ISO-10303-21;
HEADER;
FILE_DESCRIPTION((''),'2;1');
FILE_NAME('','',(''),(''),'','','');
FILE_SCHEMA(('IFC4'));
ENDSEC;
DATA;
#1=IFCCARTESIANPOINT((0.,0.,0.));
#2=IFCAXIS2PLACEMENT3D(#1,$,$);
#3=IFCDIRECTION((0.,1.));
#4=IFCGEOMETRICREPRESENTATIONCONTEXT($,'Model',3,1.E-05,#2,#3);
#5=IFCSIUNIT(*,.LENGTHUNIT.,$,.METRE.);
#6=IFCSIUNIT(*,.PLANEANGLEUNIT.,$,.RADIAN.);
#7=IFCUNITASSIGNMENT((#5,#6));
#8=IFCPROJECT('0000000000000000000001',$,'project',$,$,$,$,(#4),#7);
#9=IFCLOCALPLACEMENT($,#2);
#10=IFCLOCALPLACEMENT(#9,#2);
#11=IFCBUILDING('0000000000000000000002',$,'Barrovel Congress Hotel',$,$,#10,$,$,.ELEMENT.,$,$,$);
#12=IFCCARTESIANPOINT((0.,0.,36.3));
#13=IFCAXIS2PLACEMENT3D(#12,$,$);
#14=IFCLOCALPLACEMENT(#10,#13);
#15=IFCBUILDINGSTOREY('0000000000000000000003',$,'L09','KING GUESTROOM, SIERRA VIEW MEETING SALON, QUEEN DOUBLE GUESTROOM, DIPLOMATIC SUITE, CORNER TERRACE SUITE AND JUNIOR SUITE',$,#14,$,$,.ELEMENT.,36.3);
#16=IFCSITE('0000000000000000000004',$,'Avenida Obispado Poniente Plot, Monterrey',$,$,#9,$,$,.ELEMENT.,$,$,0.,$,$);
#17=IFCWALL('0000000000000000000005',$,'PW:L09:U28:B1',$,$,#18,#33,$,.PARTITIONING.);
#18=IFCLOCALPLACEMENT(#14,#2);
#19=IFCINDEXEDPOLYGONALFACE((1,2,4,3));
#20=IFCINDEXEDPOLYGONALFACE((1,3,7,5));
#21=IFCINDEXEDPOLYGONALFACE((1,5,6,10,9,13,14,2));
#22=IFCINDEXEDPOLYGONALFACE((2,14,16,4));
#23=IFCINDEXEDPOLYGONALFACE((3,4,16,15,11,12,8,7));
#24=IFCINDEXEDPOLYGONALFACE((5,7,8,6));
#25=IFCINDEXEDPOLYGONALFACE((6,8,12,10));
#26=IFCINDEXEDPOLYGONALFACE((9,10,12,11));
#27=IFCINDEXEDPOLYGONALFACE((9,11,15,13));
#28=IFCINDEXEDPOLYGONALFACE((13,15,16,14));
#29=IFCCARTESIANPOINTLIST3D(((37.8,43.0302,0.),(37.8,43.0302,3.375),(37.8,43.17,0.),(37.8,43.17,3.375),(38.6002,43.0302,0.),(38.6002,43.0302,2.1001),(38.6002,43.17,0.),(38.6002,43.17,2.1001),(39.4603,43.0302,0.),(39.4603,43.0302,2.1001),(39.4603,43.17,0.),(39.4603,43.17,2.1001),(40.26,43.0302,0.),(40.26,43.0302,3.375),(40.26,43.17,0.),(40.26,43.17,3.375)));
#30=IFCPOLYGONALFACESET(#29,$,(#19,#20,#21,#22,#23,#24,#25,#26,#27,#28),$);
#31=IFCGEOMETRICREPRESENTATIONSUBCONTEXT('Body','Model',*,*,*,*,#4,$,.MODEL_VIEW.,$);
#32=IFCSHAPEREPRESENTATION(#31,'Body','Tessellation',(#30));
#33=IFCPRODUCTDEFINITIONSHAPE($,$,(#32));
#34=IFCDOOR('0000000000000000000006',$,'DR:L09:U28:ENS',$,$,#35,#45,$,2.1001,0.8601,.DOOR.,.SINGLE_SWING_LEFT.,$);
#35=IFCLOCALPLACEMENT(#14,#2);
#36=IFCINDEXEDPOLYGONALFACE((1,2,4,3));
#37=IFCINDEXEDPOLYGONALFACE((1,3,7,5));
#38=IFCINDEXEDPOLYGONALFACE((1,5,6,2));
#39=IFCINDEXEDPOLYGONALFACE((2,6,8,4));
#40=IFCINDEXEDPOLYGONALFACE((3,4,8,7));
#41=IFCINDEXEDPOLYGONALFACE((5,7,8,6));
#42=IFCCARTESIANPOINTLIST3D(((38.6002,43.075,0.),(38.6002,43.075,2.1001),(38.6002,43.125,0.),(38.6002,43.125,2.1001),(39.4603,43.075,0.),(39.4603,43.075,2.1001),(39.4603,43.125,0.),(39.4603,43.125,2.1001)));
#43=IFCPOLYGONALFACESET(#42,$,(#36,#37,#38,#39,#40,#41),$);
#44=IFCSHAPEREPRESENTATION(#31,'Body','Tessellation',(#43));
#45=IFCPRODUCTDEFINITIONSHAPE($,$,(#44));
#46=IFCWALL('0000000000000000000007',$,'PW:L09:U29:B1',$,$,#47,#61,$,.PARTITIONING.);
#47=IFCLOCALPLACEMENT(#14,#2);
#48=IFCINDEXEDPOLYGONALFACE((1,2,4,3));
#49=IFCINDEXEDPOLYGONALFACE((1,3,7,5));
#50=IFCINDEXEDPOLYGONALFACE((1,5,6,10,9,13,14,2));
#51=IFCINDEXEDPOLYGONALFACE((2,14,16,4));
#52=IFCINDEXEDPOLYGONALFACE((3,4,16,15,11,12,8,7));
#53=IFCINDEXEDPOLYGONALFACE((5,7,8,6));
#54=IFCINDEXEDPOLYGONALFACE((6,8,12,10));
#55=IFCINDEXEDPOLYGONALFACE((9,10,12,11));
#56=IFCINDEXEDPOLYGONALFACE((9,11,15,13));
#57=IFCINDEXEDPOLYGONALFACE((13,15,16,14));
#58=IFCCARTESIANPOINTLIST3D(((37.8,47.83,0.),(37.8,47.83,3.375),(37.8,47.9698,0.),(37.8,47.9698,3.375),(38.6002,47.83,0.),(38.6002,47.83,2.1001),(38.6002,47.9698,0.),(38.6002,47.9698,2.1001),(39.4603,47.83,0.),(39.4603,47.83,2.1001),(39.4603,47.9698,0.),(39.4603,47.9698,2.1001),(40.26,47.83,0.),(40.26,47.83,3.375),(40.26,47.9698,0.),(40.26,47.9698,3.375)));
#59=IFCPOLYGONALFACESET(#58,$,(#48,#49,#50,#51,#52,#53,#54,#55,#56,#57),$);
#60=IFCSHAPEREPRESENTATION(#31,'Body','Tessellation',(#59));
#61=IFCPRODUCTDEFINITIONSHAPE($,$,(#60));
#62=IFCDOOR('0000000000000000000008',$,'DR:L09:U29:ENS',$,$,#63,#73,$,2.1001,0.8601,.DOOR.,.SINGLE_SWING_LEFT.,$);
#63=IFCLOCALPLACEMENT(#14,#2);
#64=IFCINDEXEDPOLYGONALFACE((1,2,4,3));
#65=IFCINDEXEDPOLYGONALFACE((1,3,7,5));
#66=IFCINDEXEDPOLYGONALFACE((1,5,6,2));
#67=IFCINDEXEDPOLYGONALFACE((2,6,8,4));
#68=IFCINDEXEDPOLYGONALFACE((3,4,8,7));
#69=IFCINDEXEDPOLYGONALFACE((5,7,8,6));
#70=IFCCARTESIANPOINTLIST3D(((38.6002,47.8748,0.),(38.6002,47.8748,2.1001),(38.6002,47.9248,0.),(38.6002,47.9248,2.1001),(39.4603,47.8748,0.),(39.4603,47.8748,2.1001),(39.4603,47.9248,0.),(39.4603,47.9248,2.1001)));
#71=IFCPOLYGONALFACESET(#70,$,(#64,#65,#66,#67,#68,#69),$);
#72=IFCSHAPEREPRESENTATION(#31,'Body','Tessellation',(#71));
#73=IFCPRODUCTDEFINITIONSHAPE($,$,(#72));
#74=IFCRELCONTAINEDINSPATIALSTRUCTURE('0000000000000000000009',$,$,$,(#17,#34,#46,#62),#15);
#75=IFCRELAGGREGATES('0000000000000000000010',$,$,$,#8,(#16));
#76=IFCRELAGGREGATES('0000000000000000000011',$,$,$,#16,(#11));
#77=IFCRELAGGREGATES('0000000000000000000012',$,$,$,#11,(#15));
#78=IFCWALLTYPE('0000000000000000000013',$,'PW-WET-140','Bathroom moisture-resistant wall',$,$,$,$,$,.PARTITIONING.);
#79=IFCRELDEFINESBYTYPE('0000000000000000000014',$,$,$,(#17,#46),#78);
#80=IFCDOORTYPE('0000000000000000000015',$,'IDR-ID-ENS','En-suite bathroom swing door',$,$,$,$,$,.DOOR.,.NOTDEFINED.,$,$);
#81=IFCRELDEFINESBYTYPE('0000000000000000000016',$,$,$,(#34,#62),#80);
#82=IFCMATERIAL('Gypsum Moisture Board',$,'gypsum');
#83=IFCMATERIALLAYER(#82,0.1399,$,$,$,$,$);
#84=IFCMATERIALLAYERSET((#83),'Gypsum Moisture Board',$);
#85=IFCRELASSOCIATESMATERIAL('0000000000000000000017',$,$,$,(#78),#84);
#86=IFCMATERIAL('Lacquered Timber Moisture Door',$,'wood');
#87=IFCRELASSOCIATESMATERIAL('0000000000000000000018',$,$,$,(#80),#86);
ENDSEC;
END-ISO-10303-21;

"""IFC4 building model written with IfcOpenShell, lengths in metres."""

from ifc_helpers import new_model, si_unit, direction, frame, frame_2d, origin, place, context, subcontext, project, spatial, rectangle, extrude, material, layer, layer_set, type_object, element, fill, save


model = new_model("IFC4")

# Units and contexts
model_context = context("Model", 3, precision=1e-05, world=origin(), true_north=direction((0.0, 1.0)))
body_context = subcontext(model_context, "Body", "Model", "MODEL_VIEW")
ifc_project = project(units=[si_unit("LENGTHUNIT", "METRE"), si_unit("PLANEANGLEUNIT", "RADIAN")], contexts=[model_context])

# Site, building, storey
site_placement = place(None, origin())
site = spatial("IfcSite", under=ifc_project, at=site_placement, Name="Avenida Obispado Poniente Plot, Monterrey", CompositionType="ELEMENT", RefElevation=0.0)
building_placement = place(site_placement, origin())
building = spatial("IfcBuilding", under=site, at=building_placement, Name="Barrovel Congress Hotel", CompositionType="ELEMENT")
storey_placement = place(building_placement, frame((0.0, 0.0, 36.3)))
storey = spatial("IfcBuildingStorey", under=building, at=storey_placement, Name="L09", Description="KING GUESTROOM, SIERRA VIEW MEETING SALON, QUEEN DOUBLE GUESTROOM, DIPLOMATIC SUITE, CORNER TERRACE SUITE AND JUNIOR SUITE", CompositionType="ELEMENT", Elevation=36.3)

# Walls, openings, doors
ifc_material_1 = material(Name="Gypsum Moisture Board", Category="gypsum")
ifc_layer_1 = layer(ifc_material_1, 0.1399)
ifc_layer_set_1 = layer_set([ifc_layer_1], Name="Gypsum Moisture Board")
wall_type_1 = type_object("IfcWallType", Name="PW-WET-140", Description="Bathroom moisture-resistant wall", PredefinedType="PARTITIONING", material=ifc_layer_set_1)
wall_1_placement = place(storey_placement, frame((37.8, 43.1001, 0.0), z_axis=(0.0, 0.0, 1.0), x_axis=(1.0, 0.0, 0.0)))
wall_1 = element("IfcWall", 1, at=wall_1_placement, inside=storey, type_object=wall_type_1, Name="PW:L09:U28:B1", PredefinedType="PARTITIONING", context=body_context, shape_type="SweptSolid", body=[
    extrude(rectangle(XDim=2.46, YDim=0.1399, at=frame_2d((1.23, 0.0))), origin(), (0.0, 0.0, 1.0), 3.375),
])
opening_1_placement = place(wall_1_placement, frame((0.8, 0.0, 0.0)))
opening_1 = element("IfcOpeningElement", 2, at=opening_1_placement, cuts=wall_1, PredefinedType="OPENING", context=body_context, shape_type="SweptSolid", body=[
    extrude(rectangle(XDim=0.8601, YDim=2.1001, at=frame_2d((0.4302, 1.05))), frame((0.0, 0.0801, 0.0), z_axis=(0.0, -1.0, 0.0), x_axis=(1.0, 0.0, 0.0)), (0.0, 0.0, 1.0), 0.1599),
])
ifc_material_2 = material(Name="Lacquered Timber Moisture Door", Category="wood")
door_type_1 = type_object("IfcDoorType", Name="IDR-ID-ENS", Description="En-suite bathroom swing door", OperationType="NOTDEFINED", PredefinedType="DOOR", material=ifc_material_2)
door_1_placement = place(opening_1_placement, origin())
door_1 = element("IfcDoor", 3, at=door_1_placement, inside=storey, type_object=door_type_1, Name="DR:L09:U28:ENS", OperationType="SINGLE_SWING_LEFT", OverallHeight=2.1001, OverallWidth=0.8601, PredefinedType="DOOR", context=body_context, shape_type="SweptSolid", body=[
    extrude(rectangle(XDim=0.8601, YDim=2.1001, at=frame_2d((0.4302, 1.05))), frame((0.0, 0.0249, 0.0), z_axis=(0.0, -1.0, 0.0), x_axis=(1.0, 0.0, 0.0)), (0.0, 0.0, 1.0), 0.05),
])
fill(opening_1, door_1)
wall_2_placement = place(storey_placement, frame((37.8, 47.8999, 0.0), z_axis=(0.0, 0.0, 1.0), x_axis=(1.0, 0.0, 0.0)))
wall_2 = element("IfcWall", 4, at=wall_2_placement, inside=storey, type_object=wall_type_1, Name="PW:L09:U29:B1", PredefinedType="PARTITIONING", context=body_context, shape_type="SweptSolid", body=[
    extrude(rectangle(XDim=2.46, YDim=0.1399, at=frame_2d((1.23, 0.0))), origin(), (0.0, 0.0, 1.0), 3.375),
])
opening_2_placement = place(wall_2_placement, frame((0.8, 0.0, 0.0)))
opening_2 = element("IfcOpeningElement", 5, at=opening_2_placement, cuts=wall_2, PredefinedType="OPENING", context=body_context, shape_type="SweptSolid", body=[
    extrude(rectangle(XDim=0.8601, YDim=2.1001, at=frame_2d((0.4302, 1.05))), frame((0.0, 0.0801, 0.0), z_axis=(0.0, -1.0, 0.0), x_axis=(1.0, 0.0, 0.0)), (0.0, 0.0, 1.0), 0.1599),
])
door_2_placement = place(opening_2_placement, origin())
door_2 = element("IfcDoor", 6, at=door_2_placement, inside=storey, type_object=door_type_1, Name="DR:L09:U29:ENS", OperationType="SINGLE_SWING_LEFT", OverallHeight=2.1001, OverallWidth=0.8601, PredefinedType="DOOR", context=body_context, shape_type="SweptSolid", body=[
    extrude(rectangle(XDim=0.8601, YDim=2.1001, at=frame_2d((0.4302, 1.05))), frame((0.0, 0.0249, 0.0), z_axis=(0.0, -1.0, 0.0), x_axis=(1.0, 0.0, 0.0)), (0.0, 0.0, 1.0), 0.05),
])
fill(opening_2, door_2)

save(model, "model.ifc")
